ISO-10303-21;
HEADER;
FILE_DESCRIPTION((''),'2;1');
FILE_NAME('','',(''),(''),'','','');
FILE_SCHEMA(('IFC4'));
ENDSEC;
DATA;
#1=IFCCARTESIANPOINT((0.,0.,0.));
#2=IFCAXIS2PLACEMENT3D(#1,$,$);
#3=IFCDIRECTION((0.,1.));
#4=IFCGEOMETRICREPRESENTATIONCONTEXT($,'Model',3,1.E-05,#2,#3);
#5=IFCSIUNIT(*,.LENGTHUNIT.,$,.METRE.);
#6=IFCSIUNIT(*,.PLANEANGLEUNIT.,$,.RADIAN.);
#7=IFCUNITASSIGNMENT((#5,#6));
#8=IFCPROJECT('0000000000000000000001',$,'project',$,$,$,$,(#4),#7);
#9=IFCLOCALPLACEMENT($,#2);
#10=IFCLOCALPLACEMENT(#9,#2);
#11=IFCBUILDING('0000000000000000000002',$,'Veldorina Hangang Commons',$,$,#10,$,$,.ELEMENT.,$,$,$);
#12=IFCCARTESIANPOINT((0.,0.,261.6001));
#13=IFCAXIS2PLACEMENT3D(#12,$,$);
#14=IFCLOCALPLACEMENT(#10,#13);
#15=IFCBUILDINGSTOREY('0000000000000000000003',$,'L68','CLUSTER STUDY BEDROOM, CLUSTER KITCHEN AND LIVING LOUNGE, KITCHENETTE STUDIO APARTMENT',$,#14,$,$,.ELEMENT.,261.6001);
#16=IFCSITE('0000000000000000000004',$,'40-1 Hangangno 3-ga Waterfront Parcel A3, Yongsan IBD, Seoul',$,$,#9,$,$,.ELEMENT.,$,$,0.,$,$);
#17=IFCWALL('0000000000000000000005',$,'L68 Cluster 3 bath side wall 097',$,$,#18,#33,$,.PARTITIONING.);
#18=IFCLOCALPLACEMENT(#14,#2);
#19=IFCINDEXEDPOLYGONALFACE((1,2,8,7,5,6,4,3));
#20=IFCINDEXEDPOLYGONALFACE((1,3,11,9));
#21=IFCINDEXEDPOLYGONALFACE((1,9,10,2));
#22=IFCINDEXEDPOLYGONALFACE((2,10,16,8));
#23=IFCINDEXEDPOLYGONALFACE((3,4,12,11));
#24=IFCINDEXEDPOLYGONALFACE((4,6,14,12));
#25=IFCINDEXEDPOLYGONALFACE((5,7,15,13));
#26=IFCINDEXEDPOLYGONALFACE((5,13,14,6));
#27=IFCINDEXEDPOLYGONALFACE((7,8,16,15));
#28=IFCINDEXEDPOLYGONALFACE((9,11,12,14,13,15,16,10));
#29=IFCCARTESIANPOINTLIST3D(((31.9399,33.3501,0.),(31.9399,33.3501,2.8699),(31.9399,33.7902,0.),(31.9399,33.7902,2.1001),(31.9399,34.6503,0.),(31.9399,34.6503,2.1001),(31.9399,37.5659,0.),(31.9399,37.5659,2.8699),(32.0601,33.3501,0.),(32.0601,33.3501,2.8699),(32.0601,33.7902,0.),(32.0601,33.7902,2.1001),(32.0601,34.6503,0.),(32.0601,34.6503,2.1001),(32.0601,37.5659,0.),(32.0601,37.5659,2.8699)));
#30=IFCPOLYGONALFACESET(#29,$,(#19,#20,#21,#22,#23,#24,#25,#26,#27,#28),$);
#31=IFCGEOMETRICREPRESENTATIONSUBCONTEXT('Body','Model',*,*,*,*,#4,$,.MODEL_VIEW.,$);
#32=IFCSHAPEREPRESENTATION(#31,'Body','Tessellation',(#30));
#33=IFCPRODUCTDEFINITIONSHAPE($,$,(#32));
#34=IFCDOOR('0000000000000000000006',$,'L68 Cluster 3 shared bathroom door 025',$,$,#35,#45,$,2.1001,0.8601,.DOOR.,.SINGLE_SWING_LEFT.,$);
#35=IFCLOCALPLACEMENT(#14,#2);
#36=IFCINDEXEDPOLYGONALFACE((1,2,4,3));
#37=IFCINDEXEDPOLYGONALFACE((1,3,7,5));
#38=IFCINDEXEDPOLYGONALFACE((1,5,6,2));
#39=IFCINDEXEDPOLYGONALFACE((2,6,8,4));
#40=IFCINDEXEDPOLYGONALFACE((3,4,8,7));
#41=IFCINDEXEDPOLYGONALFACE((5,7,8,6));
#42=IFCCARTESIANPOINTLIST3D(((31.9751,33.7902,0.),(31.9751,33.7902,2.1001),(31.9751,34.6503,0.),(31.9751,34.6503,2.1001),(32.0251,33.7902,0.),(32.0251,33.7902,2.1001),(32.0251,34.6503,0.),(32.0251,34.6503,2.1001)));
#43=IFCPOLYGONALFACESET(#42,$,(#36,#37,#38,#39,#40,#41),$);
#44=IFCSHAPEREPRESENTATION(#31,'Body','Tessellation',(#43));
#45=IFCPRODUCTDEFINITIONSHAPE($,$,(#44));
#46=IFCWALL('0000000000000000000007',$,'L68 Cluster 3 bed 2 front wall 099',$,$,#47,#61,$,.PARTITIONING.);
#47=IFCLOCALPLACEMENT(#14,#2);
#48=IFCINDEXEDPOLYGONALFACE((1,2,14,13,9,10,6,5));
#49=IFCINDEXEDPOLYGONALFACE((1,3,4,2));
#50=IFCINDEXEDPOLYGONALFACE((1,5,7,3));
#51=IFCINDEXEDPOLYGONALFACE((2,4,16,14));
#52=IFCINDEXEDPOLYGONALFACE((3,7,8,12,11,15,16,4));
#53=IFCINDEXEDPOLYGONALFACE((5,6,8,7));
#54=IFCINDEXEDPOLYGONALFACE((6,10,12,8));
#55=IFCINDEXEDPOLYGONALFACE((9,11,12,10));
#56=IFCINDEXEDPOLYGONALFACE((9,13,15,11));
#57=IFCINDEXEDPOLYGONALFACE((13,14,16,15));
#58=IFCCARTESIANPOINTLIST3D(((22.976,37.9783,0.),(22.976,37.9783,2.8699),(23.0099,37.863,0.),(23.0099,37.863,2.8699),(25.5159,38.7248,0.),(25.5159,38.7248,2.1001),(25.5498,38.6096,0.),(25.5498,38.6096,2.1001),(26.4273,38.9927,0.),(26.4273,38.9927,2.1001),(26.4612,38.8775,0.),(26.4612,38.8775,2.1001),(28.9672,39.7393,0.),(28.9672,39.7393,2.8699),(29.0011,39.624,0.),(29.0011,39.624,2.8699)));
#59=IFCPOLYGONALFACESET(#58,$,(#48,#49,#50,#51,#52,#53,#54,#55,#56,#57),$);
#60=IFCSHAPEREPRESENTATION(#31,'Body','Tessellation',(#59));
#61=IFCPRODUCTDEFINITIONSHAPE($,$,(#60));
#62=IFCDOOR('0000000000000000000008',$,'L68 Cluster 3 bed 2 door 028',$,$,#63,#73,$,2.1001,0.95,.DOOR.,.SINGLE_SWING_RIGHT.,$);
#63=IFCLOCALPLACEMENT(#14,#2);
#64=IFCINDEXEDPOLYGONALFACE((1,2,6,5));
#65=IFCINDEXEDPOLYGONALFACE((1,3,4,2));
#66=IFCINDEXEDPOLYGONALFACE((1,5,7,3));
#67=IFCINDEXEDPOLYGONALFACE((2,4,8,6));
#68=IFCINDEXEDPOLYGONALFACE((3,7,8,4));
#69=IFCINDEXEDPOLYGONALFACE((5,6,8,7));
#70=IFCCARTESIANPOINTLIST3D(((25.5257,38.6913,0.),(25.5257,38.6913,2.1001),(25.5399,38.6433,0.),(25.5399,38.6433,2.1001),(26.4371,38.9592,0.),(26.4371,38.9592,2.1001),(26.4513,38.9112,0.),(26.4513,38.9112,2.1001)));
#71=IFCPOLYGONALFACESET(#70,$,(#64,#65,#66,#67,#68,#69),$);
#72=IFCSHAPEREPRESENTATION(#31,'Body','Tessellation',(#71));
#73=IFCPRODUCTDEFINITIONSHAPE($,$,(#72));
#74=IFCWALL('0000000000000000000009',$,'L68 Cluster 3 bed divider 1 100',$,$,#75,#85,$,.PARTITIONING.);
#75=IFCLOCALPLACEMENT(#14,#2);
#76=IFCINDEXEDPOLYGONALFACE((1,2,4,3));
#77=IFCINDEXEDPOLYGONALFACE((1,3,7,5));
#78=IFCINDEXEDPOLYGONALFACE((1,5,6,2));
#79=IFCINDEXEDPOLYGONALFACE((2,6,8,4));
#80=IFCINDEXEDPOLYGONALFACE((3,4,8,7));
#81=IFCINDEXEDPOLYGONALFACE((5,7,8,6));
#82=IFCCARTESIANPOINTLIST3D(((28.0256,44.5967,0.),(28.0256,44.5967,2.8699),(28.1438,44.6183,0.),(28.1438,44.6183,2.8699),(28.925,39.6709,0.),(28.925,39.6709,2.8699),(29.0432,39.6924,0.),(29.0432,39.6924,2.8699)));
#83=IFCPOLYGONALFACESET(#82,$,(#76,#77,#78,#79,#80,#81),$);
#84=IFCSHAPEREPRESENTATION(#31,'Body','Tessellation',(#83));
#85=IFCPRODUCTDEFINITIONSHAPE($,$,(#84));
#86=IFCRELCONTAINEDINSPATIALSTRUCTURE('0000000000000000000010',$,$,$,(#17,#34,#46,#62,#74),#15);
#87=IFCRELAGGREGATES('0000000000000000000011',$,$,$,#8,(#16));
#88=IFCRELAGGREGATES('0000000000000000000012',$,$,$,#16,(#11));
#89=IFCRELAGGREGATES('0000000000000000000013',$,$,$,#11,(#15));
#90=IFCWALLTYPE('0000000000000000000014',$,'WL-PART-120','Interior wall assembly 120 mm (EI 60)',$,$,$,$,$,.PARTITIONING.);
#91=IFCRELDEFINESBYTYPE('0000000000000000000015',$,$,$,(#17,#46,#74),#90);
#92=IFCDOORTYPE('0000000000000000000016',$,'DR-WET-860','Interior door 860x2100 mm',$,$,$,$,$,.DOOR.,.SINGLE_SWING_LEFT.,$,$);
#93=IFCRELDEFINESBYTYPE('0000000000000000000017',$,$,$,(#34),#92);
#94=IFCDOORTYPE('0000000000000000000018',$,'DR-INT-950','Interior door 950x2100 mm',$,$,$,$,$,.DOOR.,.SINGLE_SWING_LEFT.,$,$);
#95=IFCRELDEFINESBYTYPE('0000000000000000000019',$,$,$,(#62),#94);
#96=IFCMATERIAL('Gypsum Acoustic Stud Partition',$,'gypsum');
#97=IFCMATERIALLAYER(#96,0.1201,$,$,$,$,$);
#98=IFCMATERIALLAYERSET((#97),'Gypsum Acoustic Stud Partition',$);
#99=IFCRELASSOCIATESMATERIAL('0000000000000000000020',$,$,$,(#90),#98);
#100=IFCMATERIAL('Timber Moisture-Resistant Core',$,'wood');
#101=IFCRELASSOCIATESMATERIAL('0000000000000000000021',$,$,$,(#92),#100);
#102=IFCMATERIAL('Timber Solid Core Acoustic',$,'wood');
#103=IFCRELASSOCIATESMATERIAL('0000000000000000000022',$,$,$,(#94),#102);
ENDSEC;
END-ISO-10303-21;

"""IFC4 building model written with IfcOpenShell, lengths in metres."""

from ifc_helpers import new_model, si_unit, direction, frame, frame_2d, origin, place, context, subcontext, project, spatial, rectangle, extrude, material, layer, layer_set, type_object, element, fill, save


model = new_model("IFC4")

# Units and contexts
model_context = context("Model", 3, precision=1e-05, world=origin(), true_north=direction((0.0, 1.0)))
body_context = subcontext(model_context, "Body", "Model", "MODEL_VIEW")
ifc_project = project(units=[si_unit("LENGTHUNIT", "METRE"), si_unit("PLANEANGLEUNIT", "RADIAN")], contexts=[model_context])

# Site, building, storey
site_placement = place(None, origin())
site = spatial("IfcSite", under=ifc_project, at=site_placement, Name="40-1 Hangangno 3-ga Waterfront Parcel A3, Yongsan IBD, Seoul", CompositionType="ELEMENT", RefElevation=0.0)
building_placement = place(site_placement, origin())
building = spatial("IfcBuilding", under=site, at=building_placement, Name="Veldorina Hangang Commons", CompositionType="ELEMENT")
storey_placement = place(building_placement, frame((0.0, 0.0, 261.6001)))
storey = spatial("IfcBuildingStorey", under=building, at=storey_placement, Name="L68", Description="CLUSTER STUDY BEDROOM, CLUSTER KITCHEN AND LIVING LOUNGE, KITCHENETTE STUDIO APARTMENT", CompositionType="ELEMENT", Elevation=261.6001)

# Walls, openings, doors
ifc_material_1 = material(Name="Gypsum Acoustic Stud Partition", Category="gypsum")
ifc_layer_1 = layer(ifc_material_1, 0.1201)
ifc_layer_set_1 = layer_set([ifc_layer_1], Name="Gypsum Acoustic Stud Partition")
wall_type_1 = type_object("IfcWallType", Name="WL-PART-120", Description="Interior wall assembly 120 mm (EI 60)", PredefinedType="PARTITIONING", material=ifc_layer_set_1)
wall_1_placement = place(storey_placement, frame((32.0, 33.3501, 0.0), z_axis=(0.0, 0.0, 1.0), x_axis=(0.0, 1.0, 0.0)))
wall_1 = element("IfcWall", 1, at=wall_1_placement, inside=storey, type_object=wall_type_1, Name="L68 Cluster 3 bath side wall 097", PredefinedType="PARTITIONING", context=body_context, shape_type="SweptSolid", body=[
    extrude(rectangle(XDim=4.2158, YDim=0.1201, at=frame_2d((2.1079, 0.0))), origin(), (0.0, 0.0, 1.0), 2.8699),
])
opening_1_placement = place(wall_1_placement, frame((0.4399, 0.0, 0.0)))
opening_1 = element("IfcOpeningElement", 2, at=opening_1_placement, cuts=wall_1, PredefinedType="OPENING", context=body_context, shape_type="SweptSolid", body=[
    extrude(rectangle(XDim=0.8601, YDim=2.1001, at=frame_2d((0.4302, 1.05))), frame((0.0, 0.0701, 0.0), z_axis=(0.0, -1.0, 0.0), x_axis=(1.0, 0.0, 0.0)), (0.0, 0.0, 1.0), 0.1401),
])
ifc_material_2 = material(Name="Timber Moisture-Resistant Core", Category="wood")
door_type_1 = type_object("IfcDoorType", Name="DR-WET-860", Description="Interior door 860x2100 mm", OperationType="SINGLE_SWING_LEFT", PredefinedType="DOOR", material=ifc_material_2)
door_1_placement = place(opening_1_placement, origin())
door_1 = element("IfcDoor", 3, at=door_1_placement, inside=storey, type_object=door_type_1, Name="L68 Cluster 3 shared bathroom door 025", OperationType="SINGLE_SWING_LEFT", OverallHeight=2.1001, OverallWidth=0.8601, PredefinedType="DOOR", context=body_context, shape_type="SweptSolid", body=[
    extrude(rectangle(XDim=0.8601, YDim=2.1001, at=frame_2d((0.4302, 1.05))), frame((0.0, 0.0249, 0.0), z_axis=(0.0, -1.0, 0.0), x_axis=(1.0, 0.0, 0.0)), (0.0, 0.0, 1.0), 0.05),
])
fill(opening_1, door_1)
wall_2_placement = place(storey_placement, frame((28.9841, 39.6816, 0.0), z_axis=(0.0, 0.0, 1.0), x_axis=(-0.959415, -0.281999, 0.0)))
wall_2 = element("IfcWall", 4, at=wall_2_placement, inside=storey, type_object=wall_type_1, Name="L68 Cluster 3 bed 2 front wall 099", PredefinedType="PARTITIONING", context=body_context, shape_type="SweptSolid", body=[
    extrude(rectangle(XDim=6.2446, YDim=0.1201, at=frame_2d((3.1223, 0.0))), origin(), (0.0, 0.0, 1.0), 2.8699),
])
opening_2_placement = place(wall_2_placement, frame((2.6472, 0.0, 0.0)))
opening_2 = element("IfcOpeningElement", 5, at=opening_2_placement, cuts=wall_2, PredefinedType="OPENING", context=body_context, shape_type="SweptSolid", body=[
    extrude(rectangle(XDim=0.95, YDim=2.1001, at=frame_2d((0.4751, 1.05))), frame((0.0, 0.0701, 0.0), z_axis=(0.0, -1.0, 0.0), x_axis=(1.0, 0.0, 0.0)), (0.0, 0.0, 1.0), 0.1401),
])
ifc_material_3 = material(Name="Timber Solid Core Acoustic", Category="wood")
door_type_2 = type_object("IfcDoorType", Name="DR-INT-950", Description="Interior door 950x2100 mm", OperationType="SINGLE_SWING_LEFT", PredefinedType="DOOR", material=ifc_material_3)
door_2_placement = place(opening_2_placement, origin())
door_2 = element("IfcDoor", 6, at=door_2_placement, inside=storey, type_object=door_type_2, Name="L68 Cluster 3 bed 2 door 028", OperationType="SINGLE_SWING_RIGHT", OverallHeight=2.1001, OverallWidth=0.95, PredefinedType="DOOR", context=body_context, shape_type="SweptSolid", body=[
    extrude(rectangle(XDim=0.95, YDim=2.1001, at=frame_2d((0.4751, 1.05))), frame((0.0, 0.0249, 0.0), z_axis=(0.0, -1.0, 0.0), x_axis=(1.0, 0.0, 0.0)), (0.0, 0.0, 1.0), 0.05),
])
fill(opening_2, door_2)

# Wall
wall_3_placement = place(storey_placement, frame((28.9841, 39.6816, 0.0), z_axis=(0.0, 0.0, 1.0), x_axis=(-0.179623, 0.983735, 0.0)))
element("IfcWall", 7, at=wall_3_placement, inside=storey, type_object=wall_type_1, Name="L68 Cluster 3 bed divider 1 100", PredefinedType="PARTITIONING", context=body_context, shape_type="SweptSolid", body=[
    extrude(rectangle(XDim=5.0073, YDim=0.1201, at=frame_2d((2.5037, 0.0))), origin(), (0.0, 0.0, 1.0), 2.8699),
])

save(model, "model.ifc")
